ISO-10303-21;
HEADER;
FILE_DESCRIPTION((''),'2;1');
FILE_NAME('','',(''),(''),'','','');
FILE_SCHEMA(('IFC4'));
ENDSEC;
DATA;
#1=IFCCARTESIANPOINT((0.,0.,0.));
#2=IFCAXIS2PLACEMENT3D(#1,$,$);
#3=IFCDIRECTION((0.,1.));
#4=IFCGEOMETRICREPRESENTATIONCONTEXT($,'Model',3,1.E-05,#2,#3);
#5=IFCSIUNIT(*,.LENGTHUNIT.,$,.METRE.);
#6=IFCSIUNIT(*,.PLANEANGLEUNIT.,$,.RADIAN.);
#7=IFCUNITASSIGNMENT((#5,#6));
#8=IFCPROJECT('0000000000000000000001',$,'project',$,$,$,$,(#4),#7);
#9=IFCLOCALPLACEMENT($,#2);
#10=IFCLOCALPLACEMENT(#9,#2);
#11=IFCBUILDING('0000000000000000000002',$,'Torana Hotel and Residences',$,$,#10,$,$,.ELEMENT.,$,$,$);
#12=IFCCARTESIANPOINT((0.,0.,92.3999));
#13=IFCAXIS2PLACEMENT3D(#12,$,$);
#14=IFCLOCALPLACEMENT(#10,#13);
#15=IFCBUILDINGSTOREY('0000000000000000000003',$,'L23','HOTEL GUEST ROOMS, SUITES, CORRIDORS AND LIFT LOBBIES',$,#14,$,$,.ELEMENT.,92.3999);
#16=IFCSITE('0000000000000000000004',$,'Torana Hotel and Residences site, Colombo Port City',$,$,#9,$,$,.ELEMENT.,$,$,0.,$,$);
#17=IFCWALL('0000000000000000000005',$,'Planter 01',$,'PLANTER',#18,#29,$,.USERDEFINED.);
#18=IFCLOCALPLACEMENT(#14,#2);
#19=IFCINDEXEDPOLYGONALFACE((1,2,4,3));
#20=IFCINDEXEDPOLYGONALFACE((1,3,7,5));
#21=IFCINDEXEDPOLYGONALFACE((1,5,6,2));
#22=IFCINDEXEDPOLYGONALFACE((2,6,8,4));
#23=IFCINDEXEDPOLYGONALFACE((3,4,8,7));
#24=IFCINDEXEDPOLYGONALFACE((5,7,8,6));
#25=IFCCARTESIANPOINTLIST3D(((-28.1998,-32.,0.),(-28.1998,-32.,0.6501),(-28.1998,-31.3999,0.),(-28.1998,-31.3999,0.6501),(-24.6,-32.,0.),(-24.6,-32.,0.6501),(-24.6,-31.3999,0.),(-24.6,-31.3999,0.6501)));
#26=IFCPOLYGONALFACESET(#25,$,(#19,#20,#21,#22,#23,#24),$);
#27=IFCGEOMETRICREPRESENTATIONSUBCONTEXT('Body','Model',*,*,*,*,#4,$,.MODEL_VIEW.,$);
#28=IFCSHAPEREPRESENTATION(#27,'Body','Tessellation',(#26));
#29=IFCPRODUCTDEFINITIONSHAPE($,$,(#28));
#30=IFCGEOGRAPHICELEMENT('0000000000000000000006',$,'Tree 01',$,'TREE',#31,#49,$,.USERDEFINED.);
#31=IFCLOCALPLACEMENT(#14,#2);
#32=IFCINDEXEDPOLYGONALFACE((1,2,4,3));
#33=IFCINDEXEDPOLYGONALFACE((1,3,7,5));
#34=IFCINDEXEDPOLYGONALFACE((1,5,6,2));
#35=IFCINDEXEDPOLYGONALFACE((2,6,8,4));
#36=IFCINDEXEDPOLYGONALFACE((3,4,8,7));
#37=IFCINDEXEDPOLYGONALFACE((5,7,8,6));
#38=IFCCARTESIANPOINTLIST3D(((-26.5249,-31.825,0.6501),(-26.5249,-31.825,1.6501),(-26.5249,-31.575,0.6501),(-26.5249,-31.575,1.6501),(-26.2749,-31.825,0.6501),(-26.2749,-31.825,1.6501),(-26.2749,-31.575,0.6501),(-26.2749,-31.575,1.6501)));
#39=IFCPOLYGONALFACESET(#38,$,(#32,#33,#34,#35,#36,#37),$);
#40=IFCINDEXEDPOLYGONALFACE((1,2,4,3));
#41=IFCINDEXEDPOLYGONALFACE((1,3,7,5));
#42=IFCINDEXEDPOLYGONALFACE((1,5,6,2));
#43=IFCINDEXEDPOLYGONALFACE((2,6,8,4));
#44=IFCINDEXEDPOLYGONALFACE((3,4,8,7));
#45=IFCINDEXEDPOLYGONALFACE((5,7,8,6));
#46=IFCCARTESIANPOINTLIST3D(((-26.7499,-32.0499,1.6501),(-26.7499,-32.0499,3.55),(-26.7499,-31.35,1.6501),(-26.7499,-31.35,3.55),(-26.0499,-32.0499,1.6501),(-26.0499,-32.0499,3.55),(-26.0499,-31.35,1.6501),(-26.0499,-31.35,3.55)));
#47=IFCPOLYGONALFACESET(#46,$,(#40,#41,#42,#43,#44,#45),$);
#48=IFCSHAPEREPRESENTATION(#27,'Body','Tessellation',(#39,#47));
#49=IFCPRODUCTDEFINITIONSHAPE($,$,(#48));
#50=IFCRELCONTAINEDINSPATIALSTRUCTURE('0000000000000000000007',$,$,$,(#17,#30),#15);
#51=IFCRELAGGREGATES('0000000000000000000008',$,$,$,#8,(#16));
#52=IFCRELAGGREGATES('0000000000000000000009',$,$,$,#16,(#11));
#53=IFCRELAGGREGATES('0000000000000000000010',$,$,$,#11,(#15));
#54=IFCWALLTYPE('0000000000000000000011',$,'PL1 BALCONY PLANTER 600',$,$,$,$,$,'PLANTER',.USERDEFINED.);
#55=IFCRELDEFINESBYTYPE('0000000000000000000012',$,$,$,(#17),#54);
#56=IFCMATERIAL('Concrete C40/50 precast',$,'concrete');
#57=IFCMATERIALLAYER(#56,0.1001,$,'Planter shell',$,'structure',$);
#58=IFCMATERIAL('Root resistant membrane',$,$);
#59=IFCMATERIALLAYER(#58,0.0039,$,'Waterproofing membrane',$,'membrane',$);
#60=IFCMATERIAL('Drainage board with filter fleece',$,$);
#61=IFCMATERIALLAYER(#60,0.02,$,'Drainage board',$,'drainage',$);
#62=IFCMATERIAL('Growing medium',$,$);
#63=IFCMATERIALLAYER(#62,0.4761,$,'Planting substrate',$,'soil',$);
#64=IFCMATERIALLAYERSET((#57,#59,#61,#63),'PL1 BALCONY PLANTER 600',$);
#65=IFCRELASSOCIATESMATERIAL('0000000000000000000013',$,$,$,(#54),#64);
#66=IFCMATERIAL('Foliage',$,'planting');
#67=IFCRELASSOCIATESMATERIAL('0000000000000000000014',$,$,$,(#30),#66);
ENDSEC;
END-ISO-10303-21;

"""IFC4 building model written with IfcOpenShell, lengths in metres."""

from ifc_helpers import new_model, si_unit, direction, frame, frame_2d, origin, origin_2d, place, context, subcontext, project, spatial, rectangle, extrude, material, layer, layer_set, type_object, element, save


model = new_model("IFC4")

# Units and contexts
model_context = context("Model", 3, precision=1e-05, world=origin(), true_north=direction((0.0, 1.0)))
body_context = subcontext(model_context, "Body", "Model", "MODEL_VIEW")
ifc_project = project(units=[si_unit("LENGTHUNIT", "METRE"), si_unit("PLANEANGLEUNIT", "RADIAN")], contexts=[model_context])

# Site, building, storey
site_placement = place(None, origin())
site = spatial("IfcSite", under=ifc_project, at=site_placement, Name="Torana Hotel and Residences site, Colombo Port City", CompositionType="ELEMENT", RefElevation=0.0)
building_placement = place(site_placement, origin())
building = spatial("IfcBuilding", under=site, at=building_placement, Name="Torana Hotel and Residences", CompositionType="ELEMENT")
storey_placement = place(building_placement, frame((0.0, 0.0, 92.3999)))
storey = spatial("IfcBuildingStorey", under=building, at=storey_placement, Name="L23", Description="HOTEL GUEST ROOMS, SUITES, CORRIDORS AND LIFT LOBBIES", CompositionType="ELEMENT", Elevation=92.3999)

# Wall
ifc_material_1 = material(Name="Concrete C40/50 precast", Category="concrete")
ifc_layer_1 = layer(ifc_material_1, 0.1001, Name="Planter shell", Category="structure")
ifc_material_2 = material(Name="Root resistant membrane")
ifc_layer_2 = layer(ifc_material_2, 0.0039, Name="Waterproofing membrane", Category="membrane")
ifc_material_3 = material(Name="Drainage board with filter fleece")
ifc_layer_3 = layer(ifc_material_3, 0.02, Name="Drainage board", Category="drainage")
ifc_material_4 = material(Name="Growing medium")
ifc_layer_4 = layer(ifc_material_4, 0.4761, Name="Planting substrate", Category="soil")
ifc_layer_set_1 = layer_set([ifc_layer_1, ifc_layer_2, ifc_layer_3, ifc_layer_4], Name="PL1 BALCONY PLANTER 600")
wall_type_1 = type_object("IfcWallType", Name="PL1 BALCONY PLANTER 600", ElementType="PLANTER", PredefinedType="USERDEFINED", material=ifc_layer_set_1)
wall_1_placement = place(storey_placement, frame((-24.6001, -31.7, 0.0), z_axis=(0.0, 0.0, 1.0), x_axis=(-1.0, 0.0, 0.0)))
element("IfcWall", 1, at=wall_1_placement, inside=storey, type_object=wall_type_1, Name="Planter 01", ObjectType="PLANTER", PredefinedType="USERDEFINED", context=body_context, shape_type="SweptSolid", body=[
    extrude(rectangle(XDim=3.5999, YDim=0.6001, at=frame_2d((1.7998, 0.0))), origin(), (0.0, 0.0, 1.0), 0.6501),
])

# Geographic element
ifc_material_5 = material(Name="Foliage", Category="planting")
geographic_element_placement = place(storey_placement, frame((-26.3999, -31.7, 0.6501), z_axis=(0.0, 0.0, 1.0), x_axis=(1.0, 0.0, 0.0)))
element("IfcGeographicElement", 2, at=geographic_element_placement, inside=storey, material=ifc_material_5, Name="Tree 01", ObjectType="TREE", PredefinedType="USERDEFINED", context=body_context, shape_type="SweptSolid", body=[
    extrude(rectangle(XDim=0.25, YDim=0.25, at=origin_2d()), origin(), (0.0, 0.0, 1.0), 1.0),
    extrude(rectangle(XDim=0.7, YDim=0.7, at=origin_2d()), frame((0.0, 0.0, 1.0)), (0.0, 0.0, 1.0), 1.8999),
])

save(model, "model.ifc")
